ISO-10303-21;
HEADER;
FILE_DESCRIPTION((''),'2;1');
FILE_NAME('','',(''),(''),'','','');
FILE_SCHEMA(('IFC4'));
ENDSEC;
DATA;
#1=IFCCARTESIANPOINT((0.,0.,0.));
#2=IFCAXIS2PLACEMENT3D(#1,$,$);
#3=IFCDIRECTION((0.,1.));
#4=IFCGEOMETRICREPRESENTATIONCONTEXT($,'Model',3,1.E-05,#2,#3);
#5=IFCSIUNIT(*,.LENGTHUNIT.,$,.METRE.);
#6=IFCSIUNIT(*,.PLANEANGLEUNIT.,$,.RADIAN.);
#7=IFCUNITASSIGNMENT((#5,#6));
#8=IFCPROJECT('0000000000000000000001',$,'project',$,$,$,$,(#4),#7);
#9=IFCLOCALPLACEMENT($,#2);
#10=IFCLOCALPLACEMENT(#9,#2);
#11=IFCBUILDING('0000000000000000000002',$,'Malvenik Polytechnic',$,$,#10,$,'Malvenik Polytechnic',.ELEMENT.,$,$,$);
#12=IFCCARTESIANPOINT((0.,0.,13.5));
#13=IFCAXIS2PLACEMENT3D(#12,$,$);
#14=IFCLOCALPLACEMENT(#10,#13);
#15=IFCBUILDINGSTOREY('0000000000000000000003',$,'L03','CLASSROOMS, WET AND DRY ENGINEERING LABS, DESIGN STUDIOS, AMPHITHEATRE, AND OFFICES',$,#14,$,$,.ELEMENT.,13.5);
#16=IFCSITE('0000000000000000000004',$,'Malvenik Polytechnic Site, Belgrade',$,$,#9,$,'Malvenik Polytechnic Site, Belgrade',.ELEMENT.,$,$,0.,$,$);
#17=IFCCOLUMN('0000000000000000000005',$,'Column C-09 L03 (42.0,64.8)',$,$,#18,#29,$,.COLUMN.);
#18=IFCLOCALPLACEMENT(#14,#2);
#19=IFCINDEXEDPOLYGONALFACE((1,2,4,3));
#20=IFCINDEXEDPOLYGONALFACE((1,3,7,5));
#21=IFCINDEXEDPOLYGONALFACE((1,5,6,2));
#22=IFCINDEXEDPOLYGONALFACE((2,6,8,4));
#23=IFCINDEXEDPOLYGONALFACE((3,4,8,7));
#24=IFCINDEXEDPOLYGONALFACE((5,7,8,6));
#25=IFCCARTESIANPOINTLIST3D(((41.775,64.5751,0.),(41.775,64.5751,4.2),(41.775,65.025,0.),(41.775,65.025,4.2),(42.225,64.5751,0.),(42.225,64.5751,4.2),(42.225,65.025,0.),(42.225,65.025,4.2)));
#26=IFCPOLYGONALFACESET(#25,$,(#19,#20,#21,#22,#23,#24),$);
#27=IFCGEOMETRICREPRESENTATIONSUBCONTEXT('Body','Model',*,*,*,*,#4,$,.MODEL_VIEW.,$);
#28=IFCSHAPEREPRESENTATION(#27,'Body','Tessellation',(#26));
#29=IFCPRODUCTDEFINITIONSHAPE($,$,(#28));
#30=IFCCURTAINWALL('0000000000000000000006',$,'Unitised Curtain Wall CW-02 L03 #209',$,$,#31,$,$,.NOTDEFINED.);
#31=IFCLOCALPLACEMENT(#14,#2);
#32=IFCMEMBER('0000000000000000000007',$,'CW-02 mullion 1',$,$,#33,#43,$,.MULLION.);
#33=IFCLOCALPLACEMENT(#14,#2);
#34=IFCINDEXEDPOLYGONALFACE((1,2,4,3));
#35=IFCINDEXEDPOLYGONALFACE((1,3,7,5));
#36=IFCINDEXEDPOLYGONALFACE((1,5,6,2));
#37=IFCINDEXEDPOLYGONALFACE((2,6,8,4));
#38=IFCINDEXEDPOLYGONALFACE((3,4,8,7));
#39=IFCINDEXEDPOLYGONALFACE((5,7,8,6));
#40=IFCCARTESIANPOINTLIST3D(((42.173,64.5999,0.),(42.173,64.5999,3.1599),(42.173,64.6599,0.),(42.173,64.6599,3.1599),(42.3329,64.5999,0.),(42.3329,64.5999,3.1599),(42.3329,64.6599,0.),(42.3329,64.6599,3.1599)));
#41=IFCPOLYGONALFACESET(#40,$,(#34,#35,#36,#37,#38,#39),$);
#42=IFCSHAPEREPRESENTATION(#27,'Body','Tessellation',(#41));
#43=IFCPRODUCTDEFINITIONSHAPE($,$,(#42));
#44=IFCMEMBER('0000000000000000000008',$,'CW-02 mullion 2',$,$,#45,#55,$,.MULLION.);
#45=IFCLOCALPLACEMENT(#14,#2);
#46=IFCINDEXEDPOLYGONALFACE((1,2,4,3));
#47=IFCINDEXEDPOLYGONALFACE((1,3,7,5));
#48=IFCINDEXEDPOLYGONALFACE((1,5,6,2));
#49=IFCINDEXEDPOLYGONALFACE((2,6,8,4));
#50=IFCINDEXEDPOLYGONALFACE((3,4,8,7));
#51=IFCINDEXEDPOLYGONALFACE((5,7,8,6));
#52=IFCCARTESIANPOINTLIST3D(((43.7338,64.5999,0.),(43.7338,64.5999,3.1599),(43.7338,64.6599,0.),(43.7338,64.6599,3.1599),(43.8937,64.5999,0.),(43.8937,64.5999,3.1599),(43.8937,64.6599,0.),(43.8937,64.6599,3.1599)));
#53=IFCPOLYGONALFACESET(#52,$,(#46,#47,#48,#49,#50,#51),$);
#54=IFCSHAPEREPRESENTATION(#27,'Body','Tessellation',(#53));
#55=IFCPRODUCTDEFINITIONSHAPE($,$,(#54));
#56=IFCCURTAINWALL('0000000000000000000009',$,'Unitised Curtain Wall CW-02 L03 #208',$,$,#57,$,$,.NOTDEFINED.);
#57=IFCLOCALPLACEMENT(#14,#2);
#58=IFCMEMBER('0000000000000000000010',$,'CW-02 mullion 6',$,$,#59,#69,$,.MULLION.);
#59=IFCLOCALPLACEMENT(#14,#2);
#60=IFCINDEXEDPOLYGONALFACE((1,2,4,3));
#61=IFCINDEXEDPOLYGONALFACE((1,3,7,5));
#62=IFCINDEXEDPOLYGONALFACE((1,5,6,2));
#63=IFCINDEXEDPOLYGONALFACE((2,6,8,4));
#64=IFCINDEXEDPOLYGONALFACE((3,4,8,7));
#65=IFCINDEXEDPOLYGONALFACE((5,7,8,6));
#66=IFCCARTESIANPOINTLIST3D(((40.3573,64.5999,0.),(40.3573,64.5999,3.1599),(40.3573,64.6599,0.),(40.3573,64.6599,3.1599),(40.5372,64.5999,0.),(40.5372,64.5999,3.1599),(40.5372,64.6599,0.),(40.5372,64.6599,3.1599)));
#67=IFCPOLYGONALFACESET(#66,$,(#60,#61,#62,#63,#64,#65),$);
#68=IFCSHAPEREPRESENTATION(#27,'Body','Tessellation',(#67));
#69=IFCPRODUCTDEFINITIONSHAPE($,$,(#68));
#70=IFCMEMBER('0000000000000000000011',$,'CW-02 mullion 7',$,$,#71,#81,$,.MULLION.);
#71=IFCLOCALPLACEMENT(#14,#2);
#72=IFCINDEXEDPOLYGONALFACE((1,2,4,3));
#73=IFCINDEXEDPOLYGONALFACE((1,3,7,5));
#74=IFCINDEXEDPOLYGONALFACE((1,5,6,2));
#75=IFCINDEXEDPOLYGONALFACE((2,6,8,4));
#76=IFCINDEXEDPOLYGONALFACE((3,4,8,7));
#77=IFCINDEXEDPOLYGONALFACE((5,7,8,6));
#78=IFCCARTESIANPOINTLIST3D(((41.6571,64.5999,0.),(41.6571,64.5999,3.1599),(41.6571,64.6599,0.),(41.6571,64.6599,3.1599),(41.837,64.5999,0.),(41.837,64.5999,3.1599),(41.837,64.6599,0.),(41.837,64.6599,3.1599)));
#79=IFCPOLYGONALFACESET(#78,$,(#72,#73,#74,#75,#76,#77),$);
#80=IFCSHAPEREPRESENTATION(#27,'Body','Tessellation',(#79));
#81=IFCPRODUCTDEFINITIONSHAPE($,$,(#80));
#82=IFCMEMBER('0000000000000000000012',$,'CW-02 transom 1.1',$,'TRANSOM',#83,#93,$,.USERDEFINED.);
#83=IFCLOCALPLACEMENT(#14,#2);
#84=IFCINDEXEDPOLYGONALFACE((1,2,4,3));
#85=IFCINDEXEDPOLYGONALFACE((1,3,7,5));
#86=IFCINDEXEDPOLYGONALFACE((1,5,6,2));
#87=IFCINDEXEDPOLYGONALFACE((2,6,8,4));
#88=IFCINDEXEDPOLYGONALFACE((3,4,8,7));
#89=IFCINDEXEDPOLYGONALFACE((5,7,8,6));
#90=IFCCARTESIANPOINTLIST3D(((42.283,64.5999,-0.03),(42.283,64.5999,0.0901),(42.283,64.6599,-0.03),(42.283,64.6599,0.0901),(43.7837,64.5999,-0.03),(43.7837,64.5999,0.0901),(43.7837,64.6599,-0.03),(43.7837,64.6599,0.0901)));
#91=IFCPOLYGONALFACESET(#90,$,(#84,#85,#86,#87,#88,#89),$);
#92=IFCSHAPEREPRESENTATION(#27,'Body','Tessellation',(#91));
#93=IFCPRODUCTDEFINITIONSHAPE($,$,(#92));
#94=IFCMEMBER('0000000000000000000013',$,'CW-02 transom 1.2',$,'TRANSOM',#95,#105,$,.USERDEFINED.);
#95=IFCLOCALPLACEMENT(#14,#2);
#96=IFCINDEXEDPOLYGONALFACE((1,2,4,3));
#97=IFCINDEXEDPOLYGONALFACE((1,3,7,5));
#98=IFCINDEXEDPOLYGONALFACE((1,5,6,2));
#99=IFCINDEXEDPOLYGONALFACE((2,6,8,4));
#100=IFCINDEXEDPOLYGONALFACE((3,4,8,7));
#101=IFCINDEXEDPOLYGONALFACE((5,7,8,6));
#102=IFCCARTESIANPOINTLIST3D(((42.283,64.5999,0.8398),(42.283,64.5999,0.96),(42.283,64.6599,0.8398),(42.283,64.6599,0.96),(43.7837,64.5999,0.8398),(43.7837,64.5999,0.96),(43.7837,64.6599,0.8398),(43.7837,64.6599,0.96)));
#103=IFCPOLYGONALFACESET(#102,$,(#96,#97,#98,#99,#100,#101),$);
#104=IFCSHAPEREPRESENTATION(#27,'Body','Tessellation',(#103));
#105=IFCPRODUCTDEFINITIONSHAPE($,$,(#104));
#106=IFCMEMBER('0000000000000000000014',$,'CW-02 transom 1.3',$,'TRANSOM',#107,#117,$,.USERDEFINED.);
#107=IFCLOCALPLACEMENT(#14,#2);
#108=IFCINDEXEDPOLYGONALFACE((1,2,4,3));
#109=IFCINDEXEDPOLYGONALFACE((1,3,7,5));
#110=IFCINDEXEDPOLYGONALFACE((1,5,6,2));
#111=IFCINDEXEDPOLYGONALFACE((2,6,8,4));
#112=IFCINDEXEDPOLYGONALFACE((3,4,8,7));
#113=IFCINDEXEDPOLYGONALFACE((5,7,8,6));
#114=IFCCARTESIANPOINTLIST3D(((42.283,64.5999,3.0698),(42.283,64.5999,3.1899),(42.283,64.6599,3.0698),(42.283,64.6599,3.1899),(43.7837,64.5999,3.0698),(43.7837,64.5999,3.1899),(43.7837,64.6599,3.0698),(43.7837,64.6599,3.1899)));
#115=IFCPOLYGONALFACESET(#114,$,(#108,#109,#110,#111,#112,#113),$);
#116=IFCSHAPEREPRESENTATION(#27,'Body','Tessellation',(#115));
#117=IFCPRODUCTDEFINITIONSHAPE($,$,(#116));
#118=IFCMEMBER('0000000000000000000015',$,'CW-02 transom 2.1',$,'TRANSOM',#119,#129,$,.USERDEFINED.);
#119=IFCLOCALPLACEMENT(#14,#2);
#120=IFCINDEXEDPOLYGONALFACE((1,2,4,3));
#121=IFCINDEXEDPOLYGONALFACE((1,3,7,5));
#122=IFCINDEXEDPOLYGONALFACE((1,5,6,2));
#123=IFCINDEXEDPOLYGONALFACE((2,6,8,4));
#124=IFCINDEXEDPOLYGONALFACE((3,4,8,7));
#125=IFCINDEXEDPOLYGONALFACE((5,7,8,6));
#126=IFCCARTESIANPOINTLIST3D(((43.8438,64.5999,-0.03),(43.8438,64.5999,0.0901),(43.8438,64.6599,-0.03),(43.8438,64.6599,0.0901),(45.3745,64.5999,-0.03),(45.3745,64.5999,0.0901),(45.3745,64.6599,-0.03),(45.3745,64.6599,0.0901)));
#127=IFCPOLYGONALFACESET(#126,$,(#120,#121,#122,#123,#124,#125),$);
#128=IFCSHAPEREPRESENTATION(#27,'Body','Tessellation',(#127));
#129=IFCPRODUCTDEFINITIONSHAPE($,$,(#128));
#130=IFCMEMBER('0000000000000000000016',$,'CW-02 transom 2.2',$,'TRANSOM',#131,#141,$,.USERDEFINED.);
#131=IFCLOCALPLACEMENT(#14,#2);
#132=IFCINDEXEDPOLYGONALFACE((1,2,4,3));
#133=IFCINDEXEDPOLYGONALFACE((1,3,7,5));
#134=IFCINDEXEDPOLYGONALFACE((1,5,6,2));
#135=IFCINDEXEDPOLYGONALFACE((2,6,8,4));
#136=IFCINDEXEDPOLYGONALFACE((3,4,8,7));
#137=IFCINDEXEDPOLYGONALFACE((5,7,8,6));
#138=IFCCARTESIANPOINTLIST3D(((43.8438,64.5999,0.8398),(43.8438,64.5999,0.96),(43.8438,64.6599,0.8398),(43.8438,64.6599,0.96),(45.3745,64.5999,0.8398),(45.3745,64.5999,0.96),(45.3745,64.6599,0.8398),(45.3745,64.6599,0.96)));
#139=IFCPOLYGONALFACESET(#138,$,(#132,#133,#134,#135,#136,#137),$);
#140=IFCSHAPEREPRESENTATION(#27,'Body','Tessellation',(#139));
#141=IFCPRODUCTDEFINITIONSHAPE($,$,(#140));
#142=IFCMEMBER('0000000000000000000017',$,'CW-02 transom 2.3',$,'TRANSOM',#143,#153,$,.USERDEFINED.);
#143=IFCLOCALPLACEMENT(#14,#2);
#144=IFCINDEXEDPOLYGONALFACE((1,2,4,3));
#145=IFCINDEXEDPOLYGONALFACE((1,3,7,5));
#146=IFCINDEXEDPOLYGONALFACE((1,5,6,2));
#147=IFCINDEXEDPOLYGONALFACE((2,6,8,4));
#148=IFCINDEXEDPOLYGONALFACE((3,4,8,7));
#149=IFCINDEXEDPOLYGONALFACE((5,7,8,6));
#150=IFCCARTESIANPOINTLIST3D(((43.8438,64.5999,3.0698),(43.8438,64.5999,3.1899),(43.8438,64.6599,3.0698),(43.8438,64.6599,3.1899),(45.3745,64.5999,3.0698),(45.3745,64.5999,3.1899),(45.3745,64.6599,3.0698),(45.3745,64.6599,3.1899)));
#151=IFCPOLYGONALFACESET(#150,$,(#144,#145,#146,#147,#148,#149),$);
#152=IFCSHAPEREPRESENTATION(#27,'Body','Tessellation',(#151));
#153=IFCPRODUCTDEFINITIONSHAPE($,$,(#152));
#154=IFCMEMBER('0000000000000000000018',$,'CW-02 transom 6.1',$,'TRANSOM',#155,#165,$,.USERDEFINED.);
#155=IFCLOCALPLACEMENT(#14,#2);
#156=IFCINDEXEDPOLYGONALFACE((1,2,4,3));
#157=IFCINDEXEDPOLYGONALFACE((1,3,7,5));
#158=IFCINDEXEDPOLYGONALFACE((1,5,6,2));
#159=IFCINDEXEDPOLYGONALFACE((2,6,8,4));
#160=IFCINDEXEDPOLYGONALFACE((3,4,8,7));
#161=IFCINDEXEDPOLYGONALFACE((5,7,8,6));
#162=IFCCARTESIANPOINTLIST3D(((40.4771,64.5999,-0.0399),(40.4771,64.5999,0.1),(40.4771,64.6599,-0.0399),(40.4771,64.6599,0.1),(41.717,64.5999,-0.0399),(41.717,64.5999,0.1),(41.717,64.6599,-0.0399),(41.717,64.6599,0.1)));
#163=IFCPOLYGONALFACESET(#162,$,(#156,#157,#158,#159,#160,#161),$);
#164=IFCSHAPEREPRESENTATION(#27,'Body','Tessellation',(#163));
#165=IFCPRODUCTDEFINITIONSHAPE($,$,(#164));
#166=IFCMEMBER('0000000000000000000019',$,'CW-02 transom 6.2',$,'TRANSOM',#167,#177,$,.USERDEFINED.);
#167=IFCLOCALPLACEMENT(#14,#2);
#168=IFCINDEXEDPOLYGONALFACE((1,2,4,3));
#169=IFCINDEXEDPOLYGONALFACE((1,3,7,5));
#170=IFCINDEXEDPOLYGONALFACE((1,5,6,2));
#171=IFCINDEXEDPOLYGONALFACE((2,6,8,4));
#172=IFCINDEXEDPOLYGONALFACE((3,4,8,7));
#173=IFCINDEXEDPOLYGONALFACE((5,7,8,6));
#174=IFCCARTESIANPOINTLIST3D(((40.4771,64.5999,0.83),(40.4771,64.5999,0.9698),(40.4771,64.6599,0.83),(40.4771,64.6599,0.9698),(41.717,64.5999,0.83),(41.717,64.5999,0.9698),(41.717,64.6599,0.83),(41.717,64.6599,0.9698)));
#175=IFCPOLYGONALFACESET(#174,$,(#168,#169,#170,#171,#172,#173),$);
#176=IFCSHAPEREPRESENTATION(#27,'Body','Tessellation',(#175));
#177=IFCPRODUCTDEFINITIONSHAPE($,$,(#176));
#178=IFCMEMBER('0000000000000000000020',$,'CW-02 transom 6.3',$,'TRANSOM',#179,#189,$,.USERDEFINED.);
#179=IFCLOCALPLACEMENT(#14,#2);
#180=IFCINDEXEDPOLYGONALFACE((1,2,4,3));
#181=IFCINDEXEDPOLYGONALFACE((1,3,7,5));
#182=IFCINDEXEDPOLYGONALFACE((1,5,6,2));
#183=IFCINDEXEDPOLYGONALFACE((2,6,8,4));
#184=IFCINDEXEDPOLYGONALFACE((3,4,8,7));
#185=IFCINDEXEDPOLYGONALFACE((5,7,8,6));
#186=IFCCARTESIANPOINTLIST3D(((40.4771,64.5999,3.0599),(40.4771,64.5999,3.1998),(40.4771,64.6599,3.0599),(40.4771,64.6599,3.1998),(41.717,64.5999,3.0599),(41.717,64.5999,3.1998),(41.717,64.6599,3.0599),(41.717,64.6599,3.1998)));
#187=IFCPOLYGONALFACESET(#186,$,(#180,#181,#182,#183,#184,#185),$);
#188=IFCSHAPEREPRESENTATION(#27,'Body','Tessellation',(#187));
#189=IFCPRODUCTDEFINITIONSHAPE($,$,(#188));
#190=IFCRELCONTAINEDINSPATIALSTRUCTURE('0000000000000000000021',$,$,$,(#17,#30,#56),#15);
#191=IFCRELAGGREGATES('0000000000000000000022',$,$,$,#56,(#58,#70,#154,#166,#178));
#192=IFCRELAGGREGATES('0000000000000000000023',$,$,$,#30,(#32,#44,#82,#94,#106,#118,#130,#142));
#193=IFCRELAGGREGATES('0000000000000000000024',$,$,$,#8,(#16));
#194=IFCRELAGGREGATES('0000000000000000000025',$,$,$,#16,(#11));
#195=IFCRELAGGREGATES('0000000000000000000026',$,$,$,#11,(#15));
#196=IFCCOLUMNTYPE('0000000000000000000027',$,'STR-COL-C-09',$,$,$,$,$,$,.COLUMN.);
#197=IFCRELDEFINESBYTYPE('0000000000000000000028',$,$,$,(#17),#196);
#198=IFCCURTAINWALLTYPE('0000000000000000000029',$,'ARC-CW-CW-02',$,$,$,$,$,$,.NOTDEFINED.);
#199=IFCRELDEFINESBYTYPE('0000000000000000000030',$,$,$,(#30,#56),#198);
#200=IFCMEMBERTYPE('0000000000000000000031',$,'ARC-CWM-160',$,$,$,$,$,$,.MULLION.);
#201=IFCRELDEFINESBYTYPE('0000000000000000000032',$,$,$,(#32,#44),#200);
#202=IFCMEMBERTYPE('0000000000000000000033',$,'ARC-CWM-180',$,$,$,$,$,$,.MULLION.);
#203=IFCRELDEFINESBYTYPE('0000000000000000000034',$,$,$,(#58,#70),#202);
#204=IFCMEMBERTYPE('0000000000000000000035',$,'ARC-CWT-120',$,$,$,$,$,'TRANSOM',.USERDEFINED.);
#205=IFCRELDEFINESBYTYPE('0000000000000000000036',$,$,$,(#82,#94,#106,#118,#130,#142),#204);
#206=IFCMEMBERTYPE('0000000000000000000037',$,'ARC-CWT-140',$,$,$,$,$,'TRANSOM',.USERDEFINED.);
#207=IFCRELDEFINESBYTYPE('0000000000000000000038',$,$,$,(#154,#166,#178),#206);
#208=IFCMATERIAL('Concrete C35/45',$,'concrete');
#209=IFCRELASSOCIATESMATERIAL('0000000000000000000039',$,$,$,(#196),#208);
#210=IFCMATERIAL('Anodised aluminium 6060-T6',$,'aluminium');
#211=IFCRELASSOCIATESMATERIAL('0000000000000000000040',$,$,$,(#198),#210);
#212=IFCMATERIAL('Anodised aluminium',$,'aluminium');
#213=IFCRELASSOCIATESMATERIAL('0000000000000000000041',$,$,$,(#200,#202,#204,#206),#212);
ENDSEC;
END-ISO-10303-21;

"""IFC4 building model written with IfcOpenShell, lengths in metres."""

from ifc_helpers import new_model, si_unit, direction, frame, origin, origin_2d, place, context, subcontext, project, spatial, rectangle, extrude, material, material_profile, profile_set, type_object, element, aggregate, save


model = new_model("IFC4")

# Units and contexts
model_context = context("Model", 3, precision=1e-05, world=origin(), true_north=direction((0.0, 1.0)))
body_context = subcontext(model_context, "Body", "Model", "MODEL_VIEW")
ifc_project = project(units=[si_unit("LENGTHUNIT", "METRE"), si_unit("PLANEANGLEUNIT", "RADIAN")], contexts=[model_context])

# Site, building, storey
site_placement = place(None, origin())
site = spatial("IfcSite", under=ifc_project, at=site_placement, Name="Malvenik Polytechnic Site, Belgrade", LongName="Malvenik Polytechnic Site, Belgrade", CompositionType="ELEMENT", RefElevation=0.0)
building_placement = place(site_placement, origin())
building = spatial("IfcBuilding", under=site, at=building_placement, Name="Malvenik Polytechnic", LongName="Malvenik Polytechnic", CompositionType="ELEMENT")
storey_placement = place(building_placement, frame((0.0, 0.0, 13.5)))
storey = spatial("IfcBuildingStorey", under=building, at=storey_placement, Name="L03", Description="CLASSROOMS, WET AND DRY ENGINEERING LABS, DESIGN STUDIOS, AMPHITHEATRE, AND OFFICES", CompositionType="ELEMENT", Elevation=13.5)

# Column
ifc_material_1 = material(Name="Concrete C35/45", Category="concrete")
ifc_material_profile_1 = material_profile(ifc_material_1, rectangle(XDim=0.45, YDim=0.45, at=origin_2d()), Name="RC COL 450x450")
ifc_profile_set_1 = profile_set([ifc_material_profile_1], Name="Concrete C35/45")
column_type = type_object("IfcColumnType", Name="STR-COL-C-09", PredefinedType="COLUMN", material=ifc_profile_set_1)
column_placement = place(storey_placement, frame((42.0, 64.8, 0.0), z_axis=(0.0, 0.0, 1.0), x_axis=(1.0, 0.0, 0.0)))
element("IfcColumn", 1, at=column_placement, inside=storey, type_object=column_type, Name="Column C-09 L03 (42.0,64.8)", PredefinedType="COLUMN", context=body_context, shape_type="SweptSolid", body=[
    extrude(rectangle(XDim=0.45, YDim=0.45, at=origin_2d()), origin(), (0.0, 0.0, 1.0), 4.2),
])

# Curtain walls, members
ifc_material_2 = material(Name="Anodised aluminium 6060-T6", Category="aluminium")
curtain_wall_type = type_object("IfcCurtainWallType", Name="ARC-CW-CW-02", PredefinedType="NOTDEFINED", material=ifc_material_2)
curtain_wall_1_placement = place(storey_placement, origin())
curtain_wall_1 = element("IfcCurtainWall", 2, at=curtain_wall_1_placement, inside=storey, type_object=curtain_wall_type, Name="Unitised Curtain Wall CW-02 L03 #209", PredefinedType="NOTDEFINED")
ifc_material_3 = material(Name="Anodised aluminium", Category="aluminium")
ifc_material_profile_2 = material_profile(ifc_material_3, rectangle(XDim=0.0601, YDim=0.1599, at=origin_2d()), Name="ALU MULLION 60x160")
ifc_profile_set_2 = profile_set([ifc_material_profile_2], Name="Anodised aluminium")
member_type_1 = type_object("IfcMemberType", Name="ARC-CWM-160", PredefinedType="MULLION", material=ifc_profile_set_2)
member_1_placement = place(storey_placement, frame((42.2529, 64.6299, 0.0), z_axis=(0.0, 0.0, 1.0), x_axis=(0.0, 1.0, 0.0)))
member_1 = element("IfcMember", 3, at=member_1_placement, type_object=member_type_1, Name="CW-02 mullion 1", PredefinedType="MULLION", context=body_context, shape_type="SweptSolid", body=[
    extrude(rectangle(XDim=0.0601, YDim=0.1599, at=origin_2d()), origin(), (0.0, 0.0, 1.0), 3.1599),
])
member_2_placement = place(storey_placement, frame((43.8137, 64.6299, 0.0), z_axis=(0.0, 0.0, 1.0), x_axis=(0.0, 1.0, 0.0)))
member_2 = element("IfcMember", 4, at=member_2_placement, type_object=member_type_1, Name="CW-02 mullion 2", PredefinedType="MULLION", context=body_context, shape_type="SweptSolid", body=[
    extrude(rectangle(XDim=0.0601, YDim=0.1599, at=origin_2d()), origin(), (0.0, 0.0, 1.0), 3.1599),
])
curtain_wall_2_placement = place(storey_placement, origin())
curtain_wall_2 = element("IfcCurtainWall", 5, at=curtain_wall_2_placement, inside=storey, type_object=curtain_wall_type, Name="Unitised Curtain Wall CW-02 L03 #208", PredefinedType="NOTDEFINED")
ifc_material_profile_3 = material_profile(ifc_material_3, rectangle(XDim=0.0601, YDim=0.1799, at=origin_2d()), Name="ALU MULLION 60x180")
ifc_profile_set_3 = profile_set([ifc_material_profile_3], Name="Anodised aluminium")
member_type_2 = type_object("IfcMemberType", Name="ARC-CWM-180", PredefinedType="MULLION", material=ifc_profile_set_3)
member_3_placement = place(storey_placement, frame((40.4473, 64.6299, 0.0), z_axis=(0.0, 0.0, 1.0), x_axis=(0.0, 1.0, 0.0)))
member_3 = element("IfcMember", 6, at=member_3_placement, type_object=member_type_2, Name="CW-02 mullion 6", PredefinedType="MULLION", context=body_context, shape_type="SweptSolid", body=[
    extrude(rectangle(XDim=0.0601, YDim=0.1799, at=origin_2d()), origin(), (0.0, 0.0, 1.0), 3.1599),
])
member_4_placement = place(storey_placement, frame((41.7471, 64.6299, 0.0), z_axis=(0.0, 0.0, 1.0), x_axis=(0.0, 1.0, 0.0)))
member_4 = element("IfcMember", 7, at=member_4_placement, type_object=member_type_2, Name="CW-02 mullion 7", PredefinedType="MULLION", context=body_context, shape_type="SweptSolid", body=[
    extrude(rectangle(XDim=0.0601, YDim=0.1799, at=origin_2d()), origin(), (0.0, 0.0, 1.0), 3.1599),
])

# Members
ifc_material_profile_4 = material_profile(ifc_material_3, rectangle(XDim=0.0601, YDim=0.1201, at=origin_2d()), Name="ALU TRANSOM 60x120")
ifc_profile_set_4 = profile_set([ifc_material_profile_4], Name="Anodised aluminium")
member_type_3 = type_object("IfcMemberType", Name="ARC-CWT-120", ElementType="TRANSOM", PredefinedType="USERDEFINED", material=ifc_profile_set_4)
member_5_placement = place(storey_placement, frame((42.283, 64.6299, 0.03), z_axis=(1.0, 0.0, 0.0), x_axis=(0.0, 1.0, 0.0)))
member_5 = element("IfcMember", 8, at=member_5_placement, type_object=member_type_3, Name="CW-02 transom 1.1", ObjectType="TRANSOM", PredefinedType="USERDEFINED", context=body_context, shape_type="SweptSolid", body=[
    extrude(rectangle(XDim=0.0601, YDim=0.1201, at=origin_2d()), origin(), (0.0, 0.0, 1.0), 1.5007),
])
member_6_placement = place(storey_placement, frame((42.283, 64.6299, 0.8999), z_axis=(1.0, 0.0, 0.0), x_axis=(0.0, 1.0, 0.0)))
member_6 = element("IfcMember", 9, at=member_6_placement, type_object=member_type_3, Name="CW-02 transom 1.2", ObjectType="TRANSOM", PredefinedType="USERDEFINED", context=body_context, shape_type="SweptSolid", body=[
    extrude(rectangle(XDim=0.0601, YDim=0.1201, at=origin_2d()), origin(), (0.0, 0.0, 1.0), 1.5007),
])
member_7_placement = place(storey_placement, frame((42.283, 64.6299, 3.1299), z_axis=(1.0, 0.0, 0.0), x_axis=(0.0, 1.0, 0.0)))
member_7 = element("IfcMember", 10, at=member_7_placement, type_object=member_type_3, Name="CW-02 transom 1.3", ObjectType="TRANSOM", PredefinedType="USERDEFINED", context=body_context, shape_type="SweptSolid", body=[
    extrude(rectangle(XDim=0.0601, YDim=0.1201, at=origin_2d()), origin(), (0.0, 0.0, 1.0), 1.5007),
])
member_8_placement = place(storey_placement, frame((43.8438, 64.6299, 0.03), z_axis=(1.0, 0.0, 0.0), x_axis=(0.0, 1.0, 0.0)))
member_8 = element("IfcMember", 11, at=member_8_placement, type_object=member_type_3, Name="CW-02 transom 2.1", ObjectType="TRANSOM", PredefinedType="USERDEFINED", context=body_context, shape_type="SweptSolid", body=[
    extrude(rectangle(XDim=0.0601, YDim=0.1201, at=origin_2d()), origin(), (0.0, 0.0, 1.0), 1.5308),
])
member_9_placement = place(storey_placement, frame((43.8438, 64.6299, 0.8999), z_axis=(1.0, 0.0, 0.0), x_axis=(0.0, 1.0, 0.0)))
member_9 = element("IfcMember", 12, at=member_9_placement, type_object=member_type_3, Name="CW-02 transom 2.2", ObjectType="TRANSOM", PredefinedType="USERDEFINED", context=body_context, shape_type="SweptSolid", body=[
    extrude(rectangle(XDim=0.0601, YDim=0.1201, at=origin_2d()), origin(), (0.0, 0.0, 1.0), 1.5308),
])
member_10_placement = place(storey_placement, frame((43.8438, 64.6299, 3.1299), z_axis=(1.0, 0.0, 0.0), x_axis=(0.0, 1.0, 0.0)))
member_10 = element("IfcMember", 13, at=member_10_placement, type_object=member_type_3, Name="CW-02 transom 2.3", ObjectType="TRANSOM", PredefinedType="USERDEFINED", context=body_context, shape_type="SweptSolid", body=[
    extrude(rectangle(XDim=0.0601, YDim=0.1201, at=origin_2d()), origin(), (0.0, 0.0, 1.0), 1.5308),
])
ifc_material_profile_5 = material_profile(ifc_material_3, rectangle(XDim=0.0601, YDim=0.1399, at=origin_2d()), Name="ALU TRANSOM 60x140")
ifc_profile_set_5 = profile_set([ifc_material_profile_5], Name="Anodised aluminium")
member_type_4 = type_object("IfcMemberType", Name="ARC-CWT-140", ElementType="TRANSOM", PredefinedType="USERDEFINED", material=ifc_profile_set_5)
member_11_placement = place(storey_placement, frame((40.4771, 64.6299, 0.03), z_axis=(1.0, 0.0, 0.0), x_axis=(0.0, 1.0, 0.0)))
member_11 = element("IfcMember", 14, at=member_11_placement, type_object=member_type_4, Name="CW-02 transom 6.1", ObjectType="TRANSOM", PredefinedType="USERDEFINED", context=body_context, shape_type="SweptSolid", body=[
    extrude(rectangle(XDim=0.0601, YDim=0.1399, at=origin_2d()), origin(), (0.0, 0.0, 1.0), 1.24),
])
member_12_placement = place(storey_placement, frame((40.4771, 64.6299, 0.8999), z_axis=(1.0, 0.0, 0.0), x_axis=(0.0, 1.0, 0.0)))
member_12 = element("IfcMember", 15, at=member_12_placement, type_object=member_type_4, Name="CW-02 transom 6.2", ObjectType="TRANSOM", PredefinedType="USERDEFINED", context=body_context, shape_type="SweptSolid", body=[
    extrude(rectangle(XDim=0.0601, YDim=0.1399, at=origin_2d()), origin(), (0.0, 0.0, 1.0), 1.24),
])
member_13_placement = place(storey_placement, frame((40.4771, 64.6299, 3.1299), z_axis=(1.0, 0.0, 0.0), x_axis=(0.0, 1.0, 0.0)))
member_13 = element("IfcMember", 16, at=member_13_placement, type_object=member_type_4, Name="CW-02 transom 6.3", ObjectType="TRANSOM", PredefinedType="USERDEFINED", context=body_context, shape_type="SweptSolid", body=[
    extrude(rectangle(XDim=0.0601, YDim=0.1399, at=origin_2d()), origin(), (0.0, 0.0, 1.0), 1.24),
])

aggregate(curtain_wall_2, [member_3, member_4, member_11, member_12, member_13])
aggregate(curtain_wall_1, [member_1, member_2, member_5, member_6, member_7, member_8, member_9, member_10])

save(model, "model.ifc")
